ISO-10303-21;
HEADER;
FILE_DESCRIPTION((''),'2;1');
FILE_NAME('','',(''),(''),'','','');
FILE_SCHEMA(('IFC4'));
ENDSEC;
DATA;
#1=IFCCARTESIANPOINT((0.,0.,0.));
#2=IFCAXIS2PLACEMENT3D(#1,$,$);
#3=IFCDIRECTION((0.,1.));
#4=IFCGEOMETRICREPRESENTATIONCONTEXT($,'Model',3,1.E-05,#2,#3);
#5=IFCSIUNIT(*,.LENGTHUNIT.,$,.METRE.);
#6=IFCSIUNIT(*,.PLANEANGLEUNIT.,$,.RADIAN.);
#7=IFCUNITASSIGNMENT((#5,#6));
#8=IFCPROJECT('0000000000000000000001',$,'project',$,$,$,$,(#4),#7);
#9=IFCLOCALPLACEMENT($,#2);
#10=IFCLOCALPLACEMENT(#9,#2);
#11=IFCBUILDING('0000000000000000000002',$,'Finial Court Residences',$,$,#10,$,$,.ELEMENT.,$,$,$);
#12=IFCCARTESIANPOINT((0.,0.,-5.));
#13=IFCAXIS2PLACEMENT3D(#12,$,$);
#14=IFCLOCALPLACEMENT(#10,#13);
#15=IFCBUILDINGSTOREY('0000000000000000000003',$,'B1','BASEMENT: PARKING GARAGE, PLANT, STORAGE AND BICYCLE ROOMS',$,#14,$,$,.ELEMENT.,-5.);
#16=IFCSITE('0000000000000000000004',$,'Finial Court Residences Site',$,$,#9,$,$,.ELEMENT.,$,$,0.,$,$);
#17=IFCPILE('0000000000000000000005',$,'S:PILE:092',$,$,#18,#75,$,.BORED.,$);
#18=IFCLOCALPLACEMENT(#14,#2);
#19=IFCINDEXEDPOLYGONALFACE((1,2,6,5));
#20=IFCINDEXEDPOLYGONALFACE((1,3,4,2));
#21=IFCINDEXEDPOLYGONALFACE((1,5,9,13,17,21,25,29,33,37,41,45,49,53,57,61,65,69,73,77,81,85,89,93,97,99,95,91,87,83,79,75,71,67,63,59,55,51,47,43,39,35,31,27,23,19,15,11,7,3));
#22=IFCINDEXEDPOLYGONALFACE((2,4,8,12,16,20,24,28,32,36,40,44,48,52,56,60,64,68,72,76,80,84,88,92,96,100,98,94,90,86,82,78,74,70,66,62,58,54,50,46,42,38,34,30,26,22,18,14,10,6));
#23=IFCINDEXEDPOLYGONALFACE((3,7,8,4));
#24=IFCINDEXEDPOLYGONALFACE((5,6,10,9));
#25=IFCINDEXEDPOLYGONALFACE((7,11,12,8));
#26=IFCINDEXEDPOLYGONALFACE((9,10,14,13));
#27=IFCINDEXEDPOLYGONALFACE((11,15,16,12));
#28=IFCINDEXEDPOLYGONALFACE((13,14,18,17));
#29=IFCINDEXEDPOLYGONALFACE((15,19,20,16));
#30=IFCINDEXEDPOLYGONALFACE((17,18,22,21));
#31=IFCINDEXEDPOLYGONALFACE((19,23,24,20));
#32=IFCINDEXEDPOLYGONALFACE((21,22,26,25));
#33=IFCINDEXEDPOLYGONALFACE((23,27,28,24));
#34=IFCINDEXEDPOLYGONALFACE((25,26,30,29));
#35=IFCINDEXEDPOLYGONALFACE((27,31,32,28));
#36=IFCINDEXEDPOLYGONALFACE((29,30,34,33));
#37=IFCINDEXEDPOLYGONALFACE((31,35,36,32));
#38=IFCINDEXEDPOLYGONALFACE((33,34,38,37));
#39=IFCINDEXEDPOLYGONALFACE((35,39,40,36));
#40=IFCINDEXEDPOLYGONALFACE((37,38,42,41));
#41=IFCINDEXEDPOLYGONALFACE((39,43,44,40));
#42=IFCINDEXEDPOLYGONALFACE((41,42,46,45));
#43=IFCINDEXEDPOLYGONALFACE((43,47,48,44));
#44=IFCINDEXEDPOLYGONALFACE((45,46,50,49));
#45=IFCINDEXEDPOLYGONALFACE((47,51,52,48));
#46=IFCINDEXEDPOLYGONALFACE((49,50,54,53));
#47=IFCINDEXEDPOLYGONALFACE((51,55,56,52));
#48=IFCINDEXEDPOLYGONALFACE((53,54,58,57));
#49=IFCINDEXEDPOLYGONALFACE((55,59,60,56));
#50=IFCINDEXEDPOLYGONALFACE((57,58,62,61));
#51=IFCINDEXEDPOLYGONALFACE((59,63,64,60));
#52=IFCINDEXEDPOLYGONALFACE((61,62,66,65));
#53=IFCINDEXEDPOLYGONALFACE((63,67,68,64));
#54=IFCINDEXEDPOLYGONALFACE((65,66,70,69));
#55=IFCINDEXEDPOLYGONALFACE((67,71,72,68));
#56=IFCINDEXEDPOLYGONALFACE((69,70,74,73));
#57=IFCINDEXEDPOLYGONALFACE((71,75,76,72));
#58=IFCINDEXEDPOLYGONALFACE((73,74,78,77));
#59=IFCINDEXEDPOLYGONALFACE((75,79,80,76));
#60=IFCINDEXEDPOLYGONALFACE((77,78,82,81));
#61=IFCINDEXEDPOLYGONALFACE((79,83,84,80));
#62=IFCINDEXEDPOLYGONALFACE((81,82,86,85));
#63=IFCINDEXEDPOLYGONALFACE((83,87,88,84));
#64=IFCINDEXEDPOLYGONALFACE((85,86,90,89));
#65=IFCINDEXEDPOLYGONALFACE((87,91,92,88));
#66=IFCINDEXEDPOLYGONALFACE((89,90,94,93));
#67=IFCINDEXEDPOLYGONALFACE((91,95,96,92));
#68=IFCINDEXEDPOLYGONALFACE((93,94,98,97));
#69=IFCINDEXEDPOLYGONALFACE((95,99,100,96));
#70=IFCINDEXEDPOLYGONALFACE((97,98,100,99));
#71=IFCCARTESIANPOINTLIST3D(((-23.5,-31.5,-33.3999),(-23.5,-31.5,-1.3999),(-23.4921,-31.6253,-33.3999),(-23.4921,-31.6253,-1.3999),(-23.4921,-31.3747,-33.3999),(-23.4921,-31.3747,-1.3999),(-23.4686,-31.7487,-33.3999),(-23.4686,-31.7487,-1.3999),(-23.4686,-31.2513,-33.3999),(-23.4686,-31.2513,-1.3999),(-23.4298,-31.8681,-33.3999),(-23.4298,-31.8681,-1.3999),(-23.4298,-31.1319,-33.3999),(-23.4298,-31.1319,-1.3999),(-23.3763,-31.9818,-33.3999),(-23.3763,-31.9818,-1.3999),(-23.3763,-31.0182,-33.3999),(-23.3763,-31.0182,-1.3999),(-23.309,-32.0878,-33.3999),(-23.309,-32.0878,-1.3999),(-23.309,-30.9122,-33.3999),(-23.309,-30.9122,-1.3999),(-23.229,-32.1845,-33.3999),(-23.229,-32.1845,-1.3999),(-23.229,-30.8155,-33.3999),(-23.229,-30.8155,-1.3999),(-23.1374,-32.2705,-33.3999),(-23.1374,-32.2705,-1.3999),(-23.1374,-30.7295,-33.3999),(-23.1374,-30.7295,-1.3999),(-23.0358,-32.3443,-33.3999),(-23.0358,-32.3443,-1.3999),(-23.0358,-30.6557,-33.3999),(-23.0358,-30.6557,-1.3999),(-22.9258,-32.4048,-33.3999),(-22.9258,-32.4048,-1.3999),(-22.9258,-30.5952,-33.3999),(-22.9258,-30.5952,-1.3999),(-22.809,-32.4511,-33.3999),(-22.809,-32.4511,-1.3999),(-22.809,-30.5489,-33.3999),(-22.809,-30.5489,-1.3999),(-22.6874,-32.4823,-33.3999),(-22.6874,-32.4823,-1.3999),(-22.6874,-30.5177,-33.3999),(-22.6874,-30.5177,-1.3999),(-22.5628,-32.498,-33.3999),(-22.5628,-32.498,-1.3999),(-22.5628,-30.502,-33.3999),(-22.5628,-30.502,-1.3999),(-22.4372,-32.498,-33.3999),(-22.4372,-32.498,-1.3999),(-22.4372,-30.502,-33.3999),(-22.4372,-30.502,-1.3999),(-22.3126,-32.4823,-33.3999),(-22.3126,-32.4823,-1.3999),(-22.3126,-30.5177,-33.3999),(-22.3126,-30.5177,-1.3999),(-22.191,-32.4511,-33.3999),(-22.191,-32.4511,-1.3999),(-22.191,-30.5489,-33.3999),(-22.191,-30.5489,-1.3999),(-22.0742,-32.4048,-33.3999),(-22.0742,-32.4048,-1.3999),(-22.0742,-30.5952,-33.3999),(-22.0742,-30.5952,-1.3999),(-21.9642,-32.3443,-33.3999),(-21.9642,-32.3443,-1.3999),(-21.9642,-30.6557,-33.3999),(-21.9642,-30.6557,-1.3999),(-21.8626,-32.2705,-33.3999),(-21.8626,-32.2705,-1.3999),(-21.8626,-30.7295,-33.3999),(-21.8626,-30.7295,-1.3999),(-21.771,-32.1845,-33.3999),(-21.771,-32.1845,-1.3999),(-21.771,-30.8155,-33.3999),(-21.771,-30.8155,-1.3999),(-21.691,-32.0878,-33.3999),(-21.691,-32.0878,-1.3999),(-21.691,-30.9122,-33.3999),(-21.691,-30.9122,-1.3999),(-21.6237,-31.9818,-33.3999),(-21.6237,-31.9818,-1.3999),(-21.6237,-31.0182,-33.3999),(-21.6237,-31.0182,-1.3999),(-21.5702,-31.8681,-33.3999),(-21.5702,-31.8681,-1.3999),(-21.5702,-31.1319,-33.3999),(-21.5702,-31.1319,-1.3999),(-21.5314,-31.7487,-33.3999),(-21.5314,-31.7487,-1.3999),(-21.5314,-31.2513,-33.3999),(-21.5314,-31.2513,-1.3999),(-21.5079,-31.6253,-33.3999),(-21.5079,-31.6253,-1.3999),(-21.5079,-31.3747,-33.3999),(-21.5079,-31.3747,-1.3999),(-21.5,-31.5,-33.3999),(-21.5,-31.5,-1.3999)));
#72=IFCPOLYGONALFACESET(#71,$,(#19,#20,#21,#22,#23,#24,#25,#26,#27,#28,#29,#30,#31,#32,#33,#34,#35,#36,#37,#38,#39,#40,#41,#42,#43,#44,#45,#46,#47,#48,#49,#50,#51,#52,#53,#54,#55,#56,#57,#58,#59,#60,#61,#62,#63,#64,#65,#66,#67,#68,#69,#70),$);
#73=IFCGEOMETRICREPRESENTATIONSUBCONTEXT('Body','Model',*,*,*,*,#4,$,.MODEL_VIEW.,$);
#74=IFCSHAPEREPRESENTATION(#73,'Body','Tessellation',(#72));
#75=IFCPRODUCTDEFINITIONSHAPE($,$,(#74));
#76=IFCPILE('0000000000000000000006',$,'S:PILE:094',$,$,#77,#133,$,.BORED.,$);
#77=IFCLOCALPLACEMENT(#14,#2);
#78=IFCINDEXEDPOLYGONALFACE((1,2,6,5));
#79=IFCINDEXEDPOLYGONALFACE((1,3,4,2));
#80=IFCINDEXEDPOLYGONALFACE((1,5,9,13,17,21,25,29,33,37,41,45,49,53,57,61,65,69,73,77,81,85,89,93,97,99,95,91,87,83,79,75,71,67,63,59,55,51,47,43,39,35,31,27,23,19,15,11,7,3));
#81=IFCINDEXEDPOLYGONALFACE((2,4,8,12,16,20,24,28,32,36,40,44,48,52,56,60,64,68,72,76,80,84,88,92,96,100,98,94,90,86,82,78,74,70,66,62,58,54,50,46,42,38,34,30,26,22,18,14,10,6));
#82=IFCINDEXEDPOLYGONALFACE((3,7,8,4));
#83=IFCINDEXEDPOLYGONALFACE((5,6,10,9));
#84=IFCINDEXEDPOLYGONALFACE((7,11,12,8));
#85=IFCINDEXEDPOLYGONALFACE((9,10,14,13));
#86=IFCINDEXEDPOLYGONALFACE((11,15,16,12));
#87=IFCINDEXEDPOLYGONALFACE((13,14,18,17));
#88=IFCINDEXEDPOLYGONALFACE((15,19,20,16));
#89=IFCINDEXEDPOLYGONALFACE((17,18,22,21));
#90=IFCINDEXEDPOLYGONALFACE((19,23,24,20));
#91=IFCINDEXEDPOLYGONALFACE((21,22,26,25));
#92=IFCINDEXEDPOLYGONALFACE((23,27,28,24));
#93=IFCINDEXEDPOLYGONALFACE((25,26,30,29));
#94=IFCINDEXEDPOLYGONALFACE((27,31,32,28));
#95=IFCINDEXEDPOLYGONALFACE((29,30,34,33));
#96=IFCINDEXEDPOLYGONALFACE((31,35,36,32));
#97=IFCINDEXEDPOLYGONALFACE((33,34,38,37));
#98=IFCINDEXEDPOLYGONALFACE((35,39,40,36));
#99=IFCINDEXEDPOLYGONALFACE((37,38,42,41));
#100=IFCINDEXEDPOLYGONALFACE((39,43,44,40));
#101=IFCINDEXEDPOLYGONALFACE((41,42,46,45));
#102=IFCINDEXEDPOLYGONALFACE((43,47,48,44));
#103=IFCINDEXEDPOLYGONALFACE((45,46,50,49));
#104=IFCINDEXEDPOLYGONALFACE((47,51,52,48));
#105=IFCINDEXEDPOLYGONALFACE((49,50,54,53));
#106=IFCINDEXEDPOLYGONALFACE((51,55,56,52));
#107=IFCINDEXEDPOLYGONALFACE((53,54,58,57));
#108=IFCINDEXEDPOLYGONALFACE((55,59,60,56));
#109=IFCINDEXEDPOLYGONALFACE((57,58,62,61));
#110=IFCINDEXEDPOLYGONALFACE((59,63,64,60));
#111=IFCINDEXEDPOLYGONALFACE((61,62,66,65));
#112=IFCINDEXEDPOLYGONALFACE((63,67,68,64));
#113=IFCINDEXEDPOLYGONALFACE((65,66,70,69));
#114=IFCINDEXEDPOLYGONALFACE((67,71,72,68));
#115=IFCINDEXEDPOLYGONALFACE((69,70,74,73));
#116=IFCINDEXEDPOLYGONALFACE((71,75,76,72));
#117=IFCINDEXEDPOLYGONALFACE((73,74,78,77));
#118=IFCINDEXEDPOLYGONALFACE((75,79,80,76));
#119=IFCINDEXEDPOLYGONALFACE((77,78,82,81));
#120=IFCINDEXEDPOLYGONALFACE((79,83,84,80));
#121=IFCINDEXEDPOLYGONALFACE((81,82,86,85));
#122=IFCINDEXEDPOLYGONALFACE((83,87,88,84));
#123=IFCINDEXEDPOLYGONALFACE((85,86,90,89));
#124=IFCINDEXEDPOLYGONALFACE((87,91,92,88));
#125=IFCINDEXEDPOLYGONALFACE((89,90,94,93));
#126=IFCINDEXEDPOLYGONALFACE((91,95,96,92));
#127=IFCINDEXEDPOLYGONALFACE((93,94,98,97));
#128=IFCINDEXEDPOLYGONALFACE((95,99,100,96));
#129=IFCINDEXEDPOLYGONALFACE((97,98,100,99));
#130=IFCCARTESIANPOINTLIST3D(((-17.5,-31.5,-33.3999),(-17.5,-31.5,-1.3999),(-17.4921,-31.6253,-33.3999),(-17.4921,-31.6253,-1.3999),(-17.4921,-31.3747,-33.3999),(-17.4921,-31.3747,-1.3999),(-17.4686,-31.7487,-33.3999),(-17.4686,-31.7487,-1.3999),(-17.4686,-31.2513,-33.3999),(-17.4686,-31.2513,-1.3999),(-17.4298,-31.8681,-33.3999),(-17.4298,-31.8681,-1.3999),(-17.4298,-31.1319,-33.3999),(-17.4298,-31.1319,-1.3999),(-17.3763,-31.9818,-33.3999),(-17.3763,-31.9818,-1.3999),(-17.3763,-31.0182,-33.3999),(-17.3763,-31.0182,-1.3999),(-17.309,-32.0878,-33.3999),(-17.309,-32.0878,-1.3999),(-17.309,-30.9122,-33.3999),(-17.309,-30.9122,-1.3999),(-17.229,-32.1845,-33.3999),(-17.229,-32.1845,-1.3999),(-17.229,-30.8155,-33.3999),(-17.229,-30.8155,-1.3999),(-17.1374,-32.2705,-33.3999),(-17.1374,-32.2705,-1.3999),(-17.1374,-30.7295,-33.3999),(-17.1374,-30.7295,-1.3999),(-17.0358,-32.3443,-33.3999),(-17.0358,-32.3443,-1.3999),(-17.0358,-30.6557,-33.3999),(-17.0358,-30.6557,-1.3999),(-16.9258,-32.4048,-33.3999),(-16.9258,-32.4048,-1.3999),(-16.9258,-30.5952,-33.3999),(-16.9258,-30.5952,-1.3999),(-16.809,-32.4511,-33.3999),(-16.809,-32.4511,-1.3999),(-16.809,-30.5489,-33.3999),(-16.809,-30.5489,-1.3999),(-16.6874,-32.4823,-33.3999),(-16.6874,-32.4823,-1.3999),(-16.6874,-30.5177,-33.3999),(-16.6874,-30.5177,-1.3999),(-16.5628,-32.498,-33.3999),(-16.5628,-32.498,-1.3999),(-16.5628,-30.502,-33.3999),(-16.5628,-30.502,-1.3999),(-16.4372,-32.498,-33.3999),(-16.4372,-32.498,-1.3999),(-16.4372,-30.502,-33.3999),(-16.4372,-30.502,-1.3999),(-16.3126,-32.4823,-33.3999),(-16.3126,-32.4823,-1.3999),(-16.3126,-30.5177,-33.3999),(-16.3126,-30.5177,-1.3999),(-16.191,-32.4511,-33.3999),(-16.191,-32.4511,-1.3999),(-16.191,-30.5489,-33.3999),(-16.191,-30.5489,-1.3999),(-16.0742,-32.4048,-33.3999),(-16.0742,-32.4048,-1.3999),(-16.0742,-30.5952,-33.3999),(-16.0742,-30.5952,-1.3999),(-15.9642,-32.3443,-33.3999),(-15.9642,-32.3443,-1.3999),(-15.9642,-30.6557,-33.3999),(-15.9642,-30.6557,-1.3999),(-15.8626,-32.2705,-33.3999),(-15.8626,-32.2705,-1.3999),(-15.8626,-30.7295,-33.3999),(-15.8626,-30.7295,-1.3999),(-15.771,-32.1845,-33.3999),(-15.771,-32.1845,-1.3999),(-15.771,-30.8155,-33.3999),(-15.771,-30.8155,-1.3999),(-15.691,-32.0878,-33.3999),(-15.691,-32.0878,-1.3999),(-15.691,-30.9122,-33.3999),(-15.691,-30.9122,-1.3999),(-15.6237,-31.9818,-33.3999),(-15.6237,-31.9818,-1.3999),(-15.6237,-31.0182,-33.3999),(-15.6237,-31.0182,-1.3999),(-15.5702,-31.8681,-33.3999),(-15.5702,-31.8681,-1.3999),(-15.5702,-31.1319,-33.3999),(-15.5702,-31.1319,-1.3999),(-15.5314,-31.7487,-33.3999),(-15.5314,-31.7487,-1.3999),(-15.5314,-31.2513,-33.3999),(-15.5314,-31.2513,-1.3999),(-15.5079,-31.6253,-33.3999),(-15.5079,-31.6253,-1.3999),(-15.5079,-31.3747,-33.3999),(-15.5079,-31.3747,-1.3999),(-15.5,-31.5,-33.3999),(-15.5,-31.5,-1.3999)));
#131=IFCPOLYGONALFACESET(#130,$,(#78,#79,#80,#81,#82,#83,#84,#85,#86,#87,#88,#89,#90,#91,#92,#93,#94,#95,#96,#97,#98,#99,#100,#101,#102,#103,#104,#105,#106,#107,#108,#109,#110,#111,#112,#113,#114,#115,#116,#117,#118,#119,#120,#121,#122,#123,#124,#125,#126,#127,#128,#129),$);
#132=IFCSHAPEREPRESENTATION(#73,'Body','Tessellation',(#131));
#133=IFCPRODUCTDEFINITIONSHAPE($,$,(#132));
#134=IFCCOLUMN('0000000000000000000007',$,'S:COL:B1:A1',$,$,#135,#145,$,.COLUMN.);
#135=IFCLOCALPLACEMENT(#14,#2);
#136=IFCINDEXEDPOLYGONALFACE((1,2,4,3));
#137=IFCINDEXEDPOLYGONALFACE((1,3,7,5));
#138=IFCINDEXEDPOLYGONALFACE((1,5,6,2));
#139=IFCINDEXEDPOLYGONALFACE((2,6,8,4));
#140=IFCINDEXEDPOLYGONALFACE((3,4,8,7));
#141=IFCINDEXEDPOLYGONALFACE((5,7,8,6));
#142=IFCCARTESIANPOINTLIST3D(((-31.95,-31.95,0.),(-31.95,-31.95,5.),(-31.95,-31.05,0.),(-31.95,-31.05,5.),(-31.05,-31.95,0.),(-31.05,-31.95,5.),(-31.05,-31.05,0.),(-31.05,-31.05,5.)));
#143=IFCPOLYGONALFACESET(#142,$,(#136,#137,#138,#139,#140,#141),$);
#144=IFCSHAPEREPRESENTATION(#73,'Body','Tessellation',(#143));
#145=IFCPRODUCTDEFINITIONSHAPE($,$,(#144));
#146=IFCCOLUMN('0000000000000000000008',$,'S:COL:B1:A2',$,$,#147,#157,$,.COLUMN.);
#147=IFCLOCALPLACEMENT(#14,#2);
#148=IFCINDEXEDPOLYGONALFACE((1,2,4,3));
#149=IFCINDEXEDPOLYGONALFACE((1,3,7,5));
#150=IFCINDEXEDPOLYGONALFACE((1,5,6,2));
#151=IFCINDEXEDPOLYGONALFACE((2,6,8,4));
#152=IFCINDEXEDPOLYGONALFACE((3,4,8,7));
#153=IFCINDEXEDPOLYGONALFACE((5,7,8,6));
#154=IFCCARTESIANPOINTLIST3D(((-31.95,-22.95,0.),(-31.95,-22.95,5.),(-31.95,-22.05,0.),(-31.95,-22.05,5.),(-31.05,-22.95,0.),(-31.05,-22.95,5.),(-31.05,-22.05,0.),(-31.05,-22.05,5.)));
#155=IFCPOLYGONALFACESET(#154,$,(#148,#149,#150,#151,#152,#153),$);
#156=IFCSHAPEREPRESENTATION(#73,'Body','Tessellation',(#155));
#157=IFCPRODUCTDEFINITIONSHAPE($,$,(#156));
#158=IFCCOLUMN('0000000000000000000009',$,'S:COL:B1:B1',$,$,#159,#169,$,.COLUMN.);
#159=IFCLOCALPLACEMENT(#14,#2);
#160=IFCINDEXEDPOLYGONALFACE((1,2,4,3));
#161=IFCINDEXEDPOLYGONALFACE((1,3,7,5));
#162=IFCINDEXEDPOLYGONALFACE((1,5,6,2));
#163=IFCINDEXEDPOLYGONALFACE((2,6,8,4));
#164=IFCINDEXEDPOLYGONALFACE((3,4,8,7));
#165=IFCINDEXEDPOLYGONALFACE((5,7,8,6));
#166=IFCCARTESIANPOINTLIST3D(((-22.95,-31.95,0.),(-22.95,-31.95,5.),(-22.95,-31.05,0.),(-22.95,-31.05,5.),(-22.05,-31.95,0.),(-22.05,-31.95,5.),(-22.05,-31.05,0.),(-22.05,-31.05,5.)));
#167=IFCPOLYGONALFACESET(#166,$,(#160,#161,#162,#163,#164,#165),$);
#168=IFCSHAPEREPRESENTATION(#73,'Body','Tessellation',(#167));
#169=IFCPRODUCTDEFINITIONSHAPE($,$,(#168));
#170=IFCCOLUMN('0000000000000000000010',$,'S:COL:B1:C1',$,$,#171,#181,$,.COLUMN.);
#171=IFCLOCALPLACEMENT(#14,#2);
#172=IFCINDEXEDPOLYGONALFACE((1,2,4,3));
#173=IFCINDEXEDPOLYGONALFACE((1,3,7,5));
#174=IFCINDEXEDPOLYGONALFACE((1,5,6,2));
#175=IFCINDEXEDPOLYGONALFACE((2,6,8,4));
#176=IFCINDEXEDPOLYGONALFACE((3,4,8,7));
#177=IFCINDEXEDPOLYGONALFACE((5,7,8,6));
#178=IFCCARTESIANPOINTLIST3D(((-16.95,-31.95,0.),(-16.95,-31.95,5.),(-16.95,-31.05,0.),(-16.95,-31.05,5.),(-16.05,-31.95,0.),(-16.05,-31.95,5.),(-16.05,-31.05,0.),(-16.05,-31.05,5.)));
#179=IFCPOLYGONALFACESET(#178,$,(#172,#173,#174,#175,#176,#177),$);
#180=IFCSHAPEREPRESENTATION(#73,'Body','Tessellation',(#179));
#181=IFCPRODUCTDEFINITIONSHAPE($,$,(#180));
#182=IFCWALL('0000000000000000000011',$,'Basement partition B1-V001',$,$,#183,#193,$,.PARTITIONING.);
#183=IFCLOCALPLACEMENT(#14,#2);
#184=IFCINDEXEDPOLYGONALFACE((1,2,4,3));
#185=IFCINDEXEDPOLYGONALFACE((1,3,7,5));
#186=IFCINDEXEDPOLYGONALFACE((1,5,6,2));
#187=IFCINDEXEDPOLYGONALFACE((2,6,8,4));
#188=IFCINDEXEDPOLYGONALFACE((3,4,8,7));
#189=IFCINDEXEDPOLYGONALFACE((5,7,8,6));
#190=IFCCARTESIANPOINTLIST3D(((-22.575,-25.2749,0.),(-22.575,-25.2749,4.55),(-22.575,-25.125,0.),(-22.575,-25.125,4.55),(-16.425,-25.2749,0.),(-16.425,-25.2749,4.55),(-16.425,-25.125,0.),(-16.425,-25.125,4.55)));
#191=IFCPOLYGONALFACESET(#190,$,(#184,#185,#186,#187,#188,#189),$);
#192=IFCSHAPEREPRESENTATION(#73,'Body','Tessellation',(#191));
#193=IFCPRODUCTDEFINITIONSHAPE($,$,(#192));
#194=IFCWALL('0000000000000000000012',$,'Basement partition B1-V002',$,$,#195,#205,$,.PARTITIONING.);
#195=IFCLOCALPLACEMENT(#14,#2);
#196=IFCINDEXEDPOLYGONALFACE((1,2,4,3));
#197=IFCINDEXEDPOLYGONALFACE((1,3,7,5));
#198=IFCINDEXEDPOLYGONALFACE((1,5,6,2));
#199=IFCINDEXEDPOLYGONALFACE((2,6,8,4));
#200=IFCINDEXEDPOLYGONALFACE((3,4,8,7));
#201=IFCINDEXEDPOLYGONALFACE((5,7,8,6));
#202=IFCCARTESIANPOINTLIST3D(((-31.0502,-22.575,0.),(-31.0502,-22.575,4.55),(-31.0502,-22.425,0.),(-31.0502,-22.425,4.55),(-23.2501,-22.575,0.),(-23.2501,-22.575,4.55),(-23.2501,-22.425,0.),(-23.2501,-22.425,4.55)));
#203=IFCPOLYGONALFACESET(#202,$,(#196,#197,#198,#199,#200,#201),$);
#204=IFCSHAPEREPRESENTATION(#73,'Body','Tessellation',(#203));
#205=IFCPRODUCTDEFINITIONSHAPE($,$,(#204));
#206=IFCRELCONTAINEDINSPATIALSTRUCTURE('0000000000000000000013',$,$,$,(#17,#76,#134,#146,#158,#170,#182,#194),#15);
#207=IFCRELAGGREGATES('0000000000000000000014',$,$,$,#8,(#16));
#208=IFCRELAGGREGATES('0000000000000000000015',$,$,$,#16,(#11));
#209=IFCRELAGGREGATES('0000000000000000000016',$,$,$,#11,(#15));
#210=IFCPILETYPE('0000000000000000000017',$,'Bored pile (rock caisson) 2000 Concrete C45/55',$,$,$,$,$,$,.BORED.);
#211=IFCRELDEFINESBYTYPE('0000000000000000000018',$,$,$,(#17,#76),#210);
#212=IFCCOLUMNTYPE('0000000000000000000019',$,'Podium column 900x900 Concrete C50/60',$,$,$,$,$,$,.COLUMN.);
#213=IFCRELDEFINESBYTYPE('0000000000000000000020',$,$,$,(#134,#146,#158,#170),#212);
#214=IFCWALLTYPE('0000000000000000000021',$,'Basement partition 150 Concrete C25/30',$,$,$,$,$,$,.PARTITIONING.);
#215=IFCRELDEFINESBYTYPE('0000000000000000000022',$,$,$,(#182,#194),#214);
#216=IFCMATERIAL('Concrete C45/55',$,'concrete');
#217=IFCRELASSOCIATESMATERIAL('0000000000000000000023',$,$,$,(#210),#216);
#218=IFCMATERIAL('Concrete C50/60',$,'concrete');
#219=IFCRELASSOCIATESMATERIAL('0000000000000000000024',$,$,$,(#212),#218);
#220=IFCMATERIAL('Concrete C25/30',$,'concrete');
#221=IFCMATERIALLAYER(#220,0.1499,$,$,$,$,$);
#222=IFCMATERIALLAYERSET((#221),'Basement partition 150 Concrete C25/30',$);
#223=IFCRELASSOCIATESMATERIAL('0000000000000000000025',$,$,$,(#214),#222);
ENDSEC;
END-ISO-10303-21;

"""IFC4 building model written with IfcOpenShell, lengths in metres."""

from ifc_helpers import new_model, si_unit, direction, frame, frame_2d, origin, origin_2d, place, context, subcontext, project, spatial, rectangle, circle, extrude, material, layer, layer_set, material_profile, profile_set, type_object, element, save


model = new_model("IFC4")

# Units and contexts
model_context = context("Model", 3, precision=1e-05, world=origin(), true_north=direction((0.0, 1.0)))
body_context = subcontext(model_context, "Body", "Model", "MODEL_VIEW")
ifc_project = project(units=[si_unit("LENGTHUNIT", "METRE"), si_unit("PLANEANGLEUNIT", "RADIAN")], contexts=[model_context])

# Site, building, storey
site_placement = place(None, origin())
site = spatial("IfcSite", under=ifc_project, at=site_placement, Name="Finial Court Residences Site", CompositionType="ELEMENT", RefElevation=0.0)
building_placement = place(site_placement, origin())
building = spatial("IfcBuilding", under=site, at=building_placement, Name="Finial Court Residences", CompositionType="ELEMENT")
storey_placement = place(building_placement, frame((0.0, 0.0, -5.0)))
storey = spatial("IfcBuildingStorey", under=building, at=storey_placement, Name="B1", Description="BASEMENT: PARKING GARAGE, PLANT, STORAGE AND BICYCLE ROOMS", CompositionType="ELEMENT", Elevation=-5.0)

# Piles
ifc_material_1 = material(Name="Concrete C45/55", Category="concrete")
ifc_material_profile_1 = material_profile(ifc_material_1, circle(Radius=1.0, at=origin_2d()), Name="D2000")
ifc_profile_set_1 = profile_set([ifc_material_profile_1], Name="Concrete C45/55")
pile_type = type_object("IfcPileType", Name="Bored pile (rock caisson) 2000 Concrete C45/55", PredefinedType="BORED", material=ifc_profile_set_1)
for number, where, z_axis, x_axis, name in (
    (1, (-22.5, -31.5, -1.3999), (0.0, 0.0, -1.0), (1.0, 0.0, 0.0), "S:PILE:092"),
    (2, (-16.5, -31.5, -1.3999), (0.0, 0.0, -1.0), (1.0, 0.0, 0.0), "S:PILE:094"),
):
    element("IfcPile", number, at=place(storey_placement, frame(where, z_axis=z_axis, x_axis=x_axis)), inside=storey, type_object=pile_type, Name=name, PredefinedType="BORED", context=body_context, shape_type="SweptSolid", body=[
        extrude(circle(Radius=1.0, at=origin_2d()), origin(), (0.0, 0.0, 1.0), 32.0),
    ])

# Columns
ifc_material_2 = material(Name="Concrete C50/60", Category="concrete")
ifc_material_profile_2 = material_profile(ifc_material_2, rectangle(XDim=0.8999, YDim=0.8999, at=origin_2d()), Name="900x900")
ifc_profile_set_2 = profile_set([ifc_material_profile_2], Name="Concrete C50/60")
column_type = type_object("IfcColumnType", Name="Podium column 900x900 Concrete C50/60", PredefinedType="COLUMN", material=ifc_profile_set_2)
for number, where, z_axis, x_axis, name in (
    (3, (-31.5, -31.5, 0.0), (0.0, 0.0, 1.0), (1.0, 0.0, 0.0), "S:COL:B1:A1"),
    (4, (-31.5, -22.5, 0.0), (0.0, 0.0, 1.0), (1.0, 0.0, 0.0), "S:COL:B1:A2"),
    (5, (-22.5, -31.5, 0.0), (0.0, 0.0, 1.0), (1.0, 0.0, 0.0), "S:COL:B1:B1"),
    (6, (-16.5, -31.5, 0.0), (0.0, 0.0, 1.0), (1.0, 0.0, 0.0), "S:COL:B1:C1"),
):
    element("IfcColumn", number, at=place(storey_placement, frame(where, z_axis=z_axis, x_axis=x_axis)), inside=storey, type_object=column_type, Name=name, PredefinedType="COLUMN", context=body_context, shape_type="SweptSolid", body=[
        extrude(rectangle(XDim=0.8999, YDim=0.8999, at=origin_2d()), origin(), (0.0, 0.0, 1.0), 5.0),
    ])

# Walls
ifc_material_3 = material(Name="Concrete C25/30", Category="concrete")
ifc_layer_1 = layer(ifc_material_3, 0.1499)
ifc_layer_set_1 = layer_set([ifc_layer_1], Name="Basement partition 150 Concrete C25/30")
wall_type_1 = type_object("IfcWallType", Name="Basement partition 150 Concrete C25/30", PredefinedType="PARTITIONING", material=ifc_layer_set_1)
wall_1_placement = place(storey_placement, frame((-22.575, -25.2, 0.0), z_axis=(0.0, 0.0, 1.0), x_axis=(1.0, 0.0, 0.0)))
element("IfcWall", 7, at=wall_1_placement, inside=storey, type_object=wall_type_1, Name="Basement partition B1-V001", PredefinedType="PARTITIONING", context=body_context, shape_type="SweptSolid", body=[
    extrude(rectangle(XDim=6.1499, YDim=0.1499, at=frame_2d((3.075, 0.0))), origin(), (0.0, 0.0, 1.0), 4.55),
])
wall_2_placement = place(storey_placement, frame((-31.05, -22.5, 0.0), z_axis=(0.0, 0.0, 1.0), x_axis=(1.0, 0.0, 0.0)))
element("IfcWall", 8, at=wall_2_placement, inside=storey, type_object=wall_type_1, Name="Basement partition B1-V002", PredefinedType="PARTITIONING", context=body_context, shape_type="SweptSolid", body=[
    extrude(rectangle(XDim=7.8, YDim=0.1499, at=frame_2d((3.8999, 0.0))), origin(), (0.0, 0.0, 1.0), 4.55),
])

save(model, "model.ifc")
